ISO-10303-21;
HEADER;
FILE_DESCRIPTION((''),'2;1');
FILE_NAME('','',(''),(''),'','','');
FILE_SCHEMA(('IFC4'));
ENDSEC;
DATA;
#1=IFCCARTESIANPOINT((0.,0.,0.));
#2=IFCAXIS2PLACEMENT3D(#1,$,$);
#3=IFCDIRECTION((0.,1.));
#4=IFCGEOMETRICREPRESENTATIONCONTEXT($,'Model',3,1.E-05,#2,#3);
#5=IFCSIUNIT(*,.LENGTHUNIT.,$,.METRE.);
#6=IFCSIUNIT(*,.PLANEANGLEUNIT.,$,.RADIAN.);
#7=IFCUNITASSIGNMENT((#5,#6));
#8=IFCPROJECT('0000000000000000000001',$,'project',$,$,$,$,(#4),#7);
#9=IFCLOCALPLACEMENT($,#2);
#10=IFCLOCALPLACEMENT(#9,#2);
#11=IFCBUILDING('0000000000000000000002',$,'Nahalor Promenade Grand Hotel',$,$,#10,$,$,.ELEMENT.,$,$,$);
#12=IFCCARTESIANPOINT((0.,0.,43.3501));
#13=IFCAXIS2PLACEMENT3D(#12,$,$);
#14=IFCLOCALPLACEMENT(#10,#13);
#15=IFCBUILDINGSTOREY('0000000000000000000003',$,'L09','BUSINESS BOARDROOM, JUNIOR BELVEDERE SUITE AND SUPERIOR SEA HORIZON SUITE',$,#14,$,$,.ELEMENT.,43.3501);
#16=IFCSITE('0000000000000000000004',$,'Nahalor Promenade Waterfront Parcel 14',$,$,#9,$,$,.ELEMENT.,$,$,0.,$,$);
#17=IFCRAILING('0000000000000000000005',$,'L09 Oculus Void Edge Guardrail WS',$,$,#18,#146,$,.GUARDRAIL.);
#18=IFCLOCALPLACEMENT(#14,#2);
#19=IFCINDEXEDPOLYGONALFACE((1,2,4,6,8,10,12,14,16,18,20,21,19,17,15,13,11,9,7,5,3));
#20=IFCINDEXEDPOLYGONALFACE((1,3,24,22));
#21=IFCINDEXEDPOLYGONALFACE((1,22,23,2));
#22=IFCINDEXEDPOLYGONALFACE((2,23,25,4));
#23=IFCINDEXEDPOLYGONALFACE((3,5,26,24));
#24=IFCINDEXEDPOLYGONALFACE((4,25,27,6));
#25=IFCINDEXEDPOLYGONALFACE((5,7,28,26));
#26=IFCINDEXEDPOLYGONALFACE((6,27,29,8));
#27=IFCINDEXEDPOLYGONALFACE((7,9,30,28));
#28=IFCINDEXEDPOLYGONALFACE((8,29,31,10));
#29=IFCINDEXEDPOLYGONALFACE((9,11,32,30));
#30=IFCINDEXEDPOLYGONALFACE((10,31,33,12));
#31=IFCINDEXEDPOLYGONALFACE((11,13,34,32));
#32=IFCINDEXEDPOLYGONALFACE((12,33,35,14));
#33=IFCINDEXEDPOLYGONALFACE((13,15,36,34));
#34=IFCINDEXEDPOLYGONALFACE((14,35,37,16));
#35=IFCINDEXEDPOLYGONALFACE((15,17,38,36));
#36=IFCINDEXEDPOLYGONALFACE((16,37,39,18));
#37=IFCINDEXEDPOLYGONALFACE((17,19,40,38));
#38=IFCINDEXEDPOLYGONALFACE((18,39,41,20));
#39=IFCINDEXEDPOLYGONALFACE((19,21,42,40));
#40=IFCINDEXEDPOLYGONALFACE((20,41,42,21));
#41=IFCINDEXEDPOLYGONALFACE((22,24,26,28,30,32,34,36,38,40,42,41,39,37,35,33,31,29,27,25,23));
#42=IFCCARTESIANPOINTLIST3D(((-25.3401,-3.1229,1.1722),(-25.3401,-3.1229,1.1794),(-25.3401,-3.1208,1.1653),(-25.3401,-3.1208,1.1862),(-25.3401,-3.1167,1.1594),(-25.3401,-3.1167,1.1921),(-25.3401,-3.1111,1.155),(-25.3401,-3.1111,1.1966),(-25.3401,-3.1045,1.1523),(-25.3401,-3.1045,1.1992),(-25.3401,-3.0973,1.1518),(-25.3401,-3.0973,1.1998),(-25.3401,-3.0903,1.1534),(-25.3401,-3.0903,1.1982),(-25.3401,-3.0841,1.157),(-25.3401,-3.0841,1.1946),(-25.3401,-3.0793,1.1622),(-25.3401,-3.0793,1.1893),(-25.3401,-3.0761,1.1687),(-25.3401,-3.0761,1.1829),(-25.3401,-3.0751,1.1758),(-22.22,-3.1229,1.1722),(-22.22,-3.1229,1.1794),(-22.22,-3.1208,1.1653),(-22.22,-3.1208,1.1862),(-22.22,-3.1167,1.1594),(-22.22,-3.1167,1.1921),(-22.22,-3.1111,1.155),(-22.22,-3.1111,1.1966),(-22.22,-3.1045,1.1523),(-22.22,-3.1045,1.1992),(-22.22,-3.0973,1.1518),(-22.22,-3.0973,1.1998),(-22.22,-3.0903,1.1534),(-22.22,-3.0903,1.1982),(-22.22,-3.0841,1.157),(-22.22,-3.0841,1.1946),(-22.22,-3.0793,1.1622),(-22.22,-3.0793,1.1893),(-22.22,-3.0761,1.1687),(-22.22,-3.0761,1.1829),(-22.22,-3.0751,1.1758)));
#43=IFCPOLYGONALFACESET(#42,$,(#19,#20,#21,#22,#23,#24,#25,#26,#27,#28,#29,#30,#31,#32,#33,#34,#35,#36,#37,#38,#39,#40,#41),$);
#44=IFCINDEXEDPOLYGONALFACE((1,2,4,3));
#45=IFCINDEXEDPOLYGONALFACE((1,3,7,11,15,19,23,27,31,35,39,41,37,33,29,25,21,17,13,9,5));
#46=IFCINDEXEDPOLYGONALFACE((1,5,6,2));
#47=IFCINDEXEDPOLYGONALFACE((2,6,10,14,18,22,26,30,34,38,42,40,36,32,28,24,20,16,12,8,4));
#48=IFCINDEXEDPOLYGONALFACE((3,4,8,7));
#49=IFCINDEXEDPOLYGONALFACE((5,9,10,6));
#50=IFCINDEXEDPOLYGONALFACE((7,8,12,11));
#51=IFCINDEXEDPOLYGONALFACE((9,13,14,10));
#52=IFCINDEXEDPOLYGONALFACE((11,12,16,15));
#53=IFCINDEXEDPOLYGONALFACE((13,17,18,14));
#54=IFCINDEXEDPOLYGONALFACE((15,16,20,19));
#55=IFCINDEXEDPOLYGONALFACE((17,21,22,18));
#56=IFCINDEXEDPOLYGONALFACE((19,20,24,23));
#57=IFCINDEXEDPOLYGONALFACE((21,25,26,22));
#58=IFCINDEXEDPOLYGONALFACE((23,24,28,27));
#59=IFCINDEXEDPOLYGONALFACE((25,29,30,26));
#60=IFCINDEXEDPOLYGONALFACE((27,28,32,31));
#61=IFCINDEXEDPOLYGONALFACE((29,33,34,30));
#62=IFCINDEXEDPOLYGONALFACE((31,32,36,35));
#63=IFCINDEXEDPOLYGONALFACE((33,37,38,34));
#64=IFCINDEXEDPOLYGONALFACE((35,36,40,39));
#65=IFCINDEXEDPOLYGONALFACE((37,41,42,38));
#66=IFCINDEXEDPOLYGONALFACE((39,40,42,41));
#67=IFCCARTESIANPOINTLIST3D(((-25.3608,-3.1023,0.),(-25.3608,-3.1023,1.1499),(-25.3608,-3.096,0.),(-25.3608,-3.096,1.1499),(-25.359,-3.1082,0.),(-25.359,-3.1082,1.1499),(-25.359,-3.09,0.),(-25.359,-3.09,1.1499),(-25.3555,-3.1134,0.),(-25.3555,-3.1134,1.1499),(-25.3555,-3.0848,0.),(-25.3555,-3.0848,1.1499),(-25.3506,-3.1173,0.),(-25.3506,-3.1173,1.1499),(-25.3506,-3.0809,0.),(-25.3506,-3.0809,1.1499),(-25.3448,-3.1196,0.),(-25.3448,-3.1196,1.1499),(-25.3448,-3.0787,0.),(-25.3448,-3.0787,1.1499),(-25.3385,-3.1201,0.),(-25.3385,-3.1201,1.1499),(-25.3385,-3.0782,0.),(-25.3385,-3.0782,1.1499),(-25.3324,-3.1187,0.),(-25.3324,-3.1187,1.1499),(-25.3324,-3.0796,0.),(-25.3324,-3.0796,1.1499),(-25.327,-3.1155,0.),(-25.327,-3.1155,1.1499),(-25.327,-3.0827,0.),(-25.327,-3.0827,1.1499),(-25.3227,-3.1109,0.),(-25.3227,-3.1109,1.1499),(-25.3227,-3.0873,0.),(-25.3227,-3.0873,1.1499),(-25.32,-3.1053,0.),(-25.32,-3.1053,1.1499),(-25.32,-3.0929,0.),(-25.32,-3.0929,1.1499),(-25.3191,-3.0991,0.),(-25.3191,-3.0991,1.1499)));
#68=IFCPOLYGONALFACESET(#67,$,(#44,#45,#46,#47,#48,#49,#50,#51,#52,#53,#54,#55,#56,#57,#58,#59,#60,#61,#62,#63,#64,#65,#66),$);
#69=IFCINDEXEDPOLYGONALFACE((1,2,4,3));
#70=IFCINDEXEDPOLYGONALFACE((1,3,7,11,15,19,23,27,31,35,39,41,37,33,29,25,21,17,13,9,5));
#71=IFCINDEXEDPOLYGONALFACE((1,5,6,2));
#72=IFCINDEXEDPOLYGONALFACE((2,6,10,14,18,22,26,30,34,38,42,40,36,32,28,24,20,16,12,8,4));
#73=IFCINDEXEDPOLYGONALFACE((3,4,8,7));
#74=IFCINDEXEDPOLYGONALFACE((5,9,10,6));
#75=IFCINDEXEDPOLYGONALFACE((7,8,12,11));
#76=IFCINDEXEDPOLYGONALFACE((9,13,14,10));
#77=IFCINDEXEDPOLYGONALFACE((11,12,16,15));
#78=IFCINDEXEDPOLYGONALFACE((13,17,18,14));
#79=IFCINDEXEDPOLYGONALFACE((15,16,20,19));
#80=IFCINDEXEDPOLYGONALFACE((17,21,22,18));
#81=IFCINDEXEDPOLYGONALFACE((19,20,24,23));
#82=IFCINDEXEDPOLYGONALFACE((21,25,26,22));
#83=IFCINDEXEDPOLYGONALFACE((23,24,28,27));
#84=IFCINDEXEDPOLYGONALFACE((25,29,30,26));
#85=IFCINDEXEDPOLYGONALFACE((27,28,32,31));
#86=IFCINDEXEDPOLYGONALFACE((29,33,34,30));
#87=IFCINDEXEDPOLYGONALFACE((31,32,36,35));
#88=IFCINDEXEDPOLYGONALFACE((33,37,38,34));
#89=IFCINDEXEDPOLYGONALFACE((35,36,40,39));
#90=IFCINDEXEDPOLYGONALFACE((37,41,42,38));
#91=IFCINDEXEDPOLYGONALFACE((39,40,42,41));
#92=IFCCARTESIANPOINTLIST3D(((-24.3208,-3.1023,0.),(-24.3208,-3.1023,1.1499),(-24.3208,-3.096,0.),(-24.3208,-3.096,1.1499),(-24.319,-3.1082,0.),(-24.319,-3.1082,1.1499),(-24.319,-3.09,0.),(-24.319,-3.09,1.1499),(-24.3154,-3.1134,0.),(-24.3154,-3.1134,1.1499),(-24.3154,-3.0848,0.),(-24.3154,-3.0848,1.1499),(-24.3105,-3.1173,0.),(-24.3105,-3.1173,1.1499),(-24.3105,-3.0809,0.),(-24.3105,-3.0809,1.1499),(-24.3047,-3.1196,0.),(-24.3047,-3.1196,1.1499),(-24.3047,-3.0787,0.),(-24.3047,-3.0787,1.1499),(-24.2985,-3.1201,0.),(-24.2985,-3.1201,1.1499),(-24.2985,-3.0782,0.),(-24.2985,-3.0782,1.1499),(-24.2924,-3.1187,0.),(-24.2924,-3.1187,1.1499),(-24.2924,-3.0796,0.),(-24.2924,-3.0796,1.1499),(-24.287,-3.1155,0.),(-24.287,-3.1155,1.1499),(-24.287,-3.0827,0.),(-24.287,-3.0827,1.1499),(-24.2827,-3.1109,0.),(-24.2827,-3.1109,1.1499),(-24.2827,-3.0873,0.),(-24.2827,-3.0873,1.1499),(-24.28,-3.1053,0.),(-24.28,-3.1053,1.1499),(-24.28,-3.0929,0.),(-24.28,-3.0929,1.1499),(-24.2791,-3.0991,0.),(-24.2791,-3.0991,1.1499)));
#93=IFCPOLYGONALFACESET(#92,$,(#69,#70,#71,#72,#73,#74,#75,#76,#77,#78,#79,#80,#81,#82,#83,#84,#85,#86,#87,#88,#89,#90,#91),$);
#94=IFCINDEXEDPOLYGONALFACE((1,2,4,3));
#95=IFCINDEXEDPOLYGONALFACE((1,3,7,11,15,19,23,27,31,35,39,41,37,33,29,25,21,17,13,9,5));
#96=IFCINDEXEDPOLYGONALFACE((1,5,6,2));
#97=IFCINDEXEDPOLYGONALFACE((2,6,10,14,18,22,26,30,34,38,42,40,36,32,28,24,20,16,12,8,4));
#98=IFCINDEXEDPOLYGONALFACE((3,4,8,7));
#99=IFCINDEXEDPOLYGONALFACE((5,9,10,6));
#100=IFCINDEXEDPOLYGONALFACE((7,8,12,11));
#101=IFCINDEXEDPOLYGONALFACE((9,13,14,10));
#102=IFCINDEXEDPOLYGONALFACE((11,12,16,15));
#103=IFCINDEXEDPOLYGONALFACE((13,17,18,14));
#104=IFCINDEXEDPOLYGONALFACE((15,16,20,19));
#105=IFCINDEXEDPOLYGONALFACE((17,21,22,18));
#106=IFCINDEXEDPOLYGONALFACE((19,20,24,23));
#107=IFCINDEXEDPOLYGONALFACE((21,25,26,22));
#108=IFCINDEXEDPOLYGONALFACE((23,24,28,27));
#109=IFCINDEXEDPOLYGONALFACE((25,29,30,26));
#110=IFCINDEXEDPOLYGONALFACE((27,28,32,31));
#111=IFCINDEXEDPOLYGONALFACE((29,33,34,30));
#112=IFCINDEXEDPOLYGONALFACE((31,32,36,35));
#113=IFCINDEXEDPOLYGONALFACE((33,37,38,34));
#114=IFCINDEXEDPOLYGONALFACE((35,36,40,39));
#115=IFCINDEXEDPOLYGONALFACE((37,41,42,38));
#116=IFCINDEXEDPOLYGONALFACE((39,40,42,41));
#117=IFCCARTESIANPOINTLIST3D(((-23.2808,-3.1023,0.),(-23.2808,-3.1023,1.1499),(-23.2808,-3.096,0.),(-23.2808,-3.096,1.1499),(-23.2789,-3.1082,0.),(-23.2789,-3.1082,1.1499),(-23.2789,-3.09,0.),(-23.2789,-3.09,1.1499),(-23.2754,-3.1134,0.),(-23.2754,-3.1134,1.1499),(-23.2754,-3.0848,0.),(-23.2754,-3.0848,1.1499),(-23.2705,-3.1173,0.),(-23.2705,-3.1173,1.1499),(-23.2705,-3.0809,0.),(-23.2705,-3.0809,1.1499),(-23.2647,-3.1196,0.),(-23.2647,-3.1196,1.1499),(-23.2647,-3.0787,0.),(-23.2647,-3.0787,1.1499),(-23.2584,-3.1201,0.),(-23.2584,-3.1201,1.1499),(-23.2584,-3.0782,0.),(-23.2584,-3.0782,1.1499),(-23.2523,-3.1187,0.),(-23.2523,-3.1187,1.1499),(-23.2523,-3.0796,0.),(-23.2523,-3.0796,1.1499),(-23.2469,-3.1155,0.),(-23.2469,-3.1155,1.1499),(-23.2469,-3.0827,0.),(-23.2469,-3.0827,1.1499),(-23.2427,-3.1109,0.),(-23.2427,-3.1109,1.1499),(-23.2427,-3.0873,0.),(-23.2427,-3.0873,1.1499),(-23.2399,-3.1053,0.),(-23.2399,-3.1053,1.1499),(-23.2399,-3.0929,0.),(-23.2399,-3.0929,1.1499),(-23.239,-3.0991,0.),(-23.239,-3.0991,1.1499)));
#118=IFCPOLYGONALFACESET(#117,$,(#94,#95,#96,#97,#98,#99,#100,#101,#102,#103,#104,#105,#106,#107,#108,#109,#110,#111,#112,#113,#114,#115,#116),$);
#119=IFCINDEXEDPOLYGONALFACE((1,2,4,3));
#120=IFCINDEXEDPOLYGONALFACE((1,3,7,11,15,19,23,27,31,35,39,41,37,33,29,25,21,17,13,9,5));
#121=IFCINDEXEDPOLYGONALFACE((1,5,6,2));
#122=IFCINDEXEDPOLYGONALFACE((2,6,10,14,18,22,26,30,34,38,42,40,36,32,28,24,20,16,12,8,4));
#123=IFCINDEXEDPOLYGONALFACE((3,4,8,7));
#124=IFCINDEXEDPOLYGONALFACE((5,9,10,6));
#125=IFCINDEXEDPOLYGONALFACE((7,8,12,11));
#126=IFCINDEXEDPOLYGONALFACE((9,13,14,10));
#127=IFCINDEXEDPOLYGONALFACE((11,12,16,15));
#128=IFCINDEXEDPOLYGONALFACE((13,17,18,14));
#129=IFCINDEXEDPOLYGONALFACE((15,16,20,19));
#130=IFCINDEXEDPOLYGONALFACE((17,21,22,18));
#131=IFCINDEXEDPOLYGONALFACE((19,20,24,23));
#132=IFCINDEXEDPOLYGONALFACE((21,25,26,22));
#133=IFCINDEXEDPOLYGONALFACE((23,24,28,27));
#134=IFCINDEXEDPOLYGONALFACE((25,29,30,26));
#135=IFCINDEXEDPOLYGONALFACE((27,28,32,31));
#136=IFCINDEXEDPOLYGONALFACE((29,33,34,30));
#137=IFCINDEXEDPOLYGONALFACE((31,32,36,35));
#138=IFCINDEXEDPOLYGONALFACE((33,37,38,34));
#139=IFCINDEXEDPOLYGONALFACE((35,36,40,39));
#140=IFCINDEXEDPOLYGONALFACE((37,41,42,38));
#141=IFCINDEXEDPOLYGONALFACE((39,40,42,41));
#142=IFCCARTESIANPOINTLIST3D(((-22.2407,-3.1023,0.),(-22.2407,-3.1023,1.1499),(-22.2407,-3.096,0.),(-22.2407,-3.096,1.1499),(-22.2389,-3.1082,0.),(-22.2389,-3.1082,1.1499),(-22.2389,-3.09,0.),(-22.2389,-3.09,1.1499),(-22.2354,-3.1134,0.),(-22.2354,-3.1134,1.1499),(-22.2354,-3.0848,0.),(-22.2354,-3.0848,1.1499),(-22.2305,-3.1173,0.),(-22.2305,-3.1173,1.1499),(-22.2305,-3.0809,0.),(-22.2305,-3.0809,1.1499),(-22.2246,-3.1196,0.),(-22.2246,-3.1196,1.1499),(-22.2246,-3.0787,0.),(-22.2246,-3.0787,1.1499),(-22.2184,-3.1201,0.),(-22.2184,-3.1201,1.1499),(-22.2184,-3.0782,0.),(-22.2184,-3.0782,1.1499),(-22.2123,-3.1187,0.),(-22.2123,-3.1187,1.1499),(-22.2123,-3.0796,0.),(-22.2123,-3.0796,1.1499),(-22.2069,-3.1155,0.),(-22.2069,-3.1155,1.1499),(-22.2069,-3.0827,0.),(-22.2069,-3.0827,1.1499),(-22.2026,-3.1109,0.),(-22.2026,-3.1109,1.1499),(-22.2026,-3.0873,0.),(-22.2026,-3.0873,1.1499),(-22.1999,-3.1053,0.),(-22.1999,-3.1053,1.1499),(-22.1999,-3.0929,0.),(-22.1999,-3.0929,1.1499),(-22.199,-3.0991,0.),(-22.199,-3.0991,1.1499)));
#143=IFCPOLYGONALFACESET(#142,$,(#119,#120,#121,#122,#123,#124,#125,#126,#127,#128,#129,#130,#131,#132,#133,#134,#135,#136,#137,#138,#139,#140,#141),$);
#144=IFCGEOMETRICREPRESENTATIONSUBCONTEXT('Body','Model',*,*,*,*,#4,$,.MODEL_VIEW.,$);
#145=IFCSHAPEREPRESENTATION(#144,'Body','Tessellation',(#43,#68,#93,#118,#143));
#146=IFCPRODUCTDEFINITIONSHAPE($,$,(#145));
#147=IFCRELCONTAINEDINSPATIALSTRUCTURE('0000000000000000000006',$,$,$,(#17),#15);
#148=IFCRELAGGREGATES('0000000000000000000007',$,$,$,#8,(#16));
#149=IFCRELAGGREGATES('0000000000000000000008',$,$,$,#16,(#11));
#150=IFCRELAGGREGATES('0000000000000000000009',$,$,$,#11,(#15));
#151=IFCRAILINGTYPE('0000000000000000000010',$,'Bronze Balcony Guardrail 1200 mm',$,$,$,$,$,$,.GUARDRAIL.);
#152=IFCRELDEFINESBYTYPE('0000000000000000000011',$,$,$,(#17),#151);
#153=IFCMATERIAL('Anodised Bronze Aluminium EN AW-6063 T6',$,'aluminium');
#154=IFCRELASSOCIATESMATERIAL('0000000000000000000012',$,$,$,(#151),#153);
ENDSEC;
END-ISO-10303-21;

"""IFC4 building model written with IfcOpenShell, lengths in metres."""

from ifc_helpers import new_model, si_unit, direction, frame, origin, origin_2d, place, context, subcontext, project, spatial, circle, extrude, material, type_object, element, save


model = new_model("IFC4")

# Units and contexts
model_context = context("Model", 3, precision=1e-05, world=origin(), true_north=direction((0.0, 1.0)))
body_context = subcontext(model_context, "Body", "Model", "MODEL_VIEW")
ifc_project = project(units=[si_unit("LENGTHUNIT", "METRE"), si_unit("PLANEANGLEUNIT", "RADIAN")], contexts=[model_context])

# Site, building, storey
site_placement = place(None, origin())
site = spatial("IfcSite", under=ifc_project, at=site_placement, Name="Nahalor Promenade Waterfront Parcel 14", CompositionType="ELEMENT", RefElevation=0.0)
building_placement = place(site_placement, origin())
building = spatial("IfcBuilding", under=site, at=building_placement, Name="Nahalor Promenade Grand Hotel", CompositionType="ELEMENT")
storey_placement = place(building_placement, frame((0.0, 0.0, 43.3501)))
storey = spatial("IfcBuildingStorey", under=building, at=storey_placement, Name="L09", Description="BUSINESS BOARDROOM, JUNIOR BELVEDERE SUITE AND SUPERIOR SEA HORIZON SUITE", CompositionType="ELEMENT", Elevation=43.3501)

# Shared definitions
ifc_material_1 = material(Name="Anodised Bronze Aluminium EN AW-6063 T6", Category="aluminium")

# Railing
railing_type = type_object("IfcRailingType", Name="Bronze Balcony Guardrail 1200 mm", PredefinedType="GUARDRAIL", material=ifc_material_1)
for number, where, name in (
    (1, (-25.3401, -3.0991, 0.0), "L09 Oculus Void Edge Guardrail WS"),
):
    element("IfcRailing", number, at=place(storey_placement, frame(where)), inside=storey, type_object=railing_type, Name=name, PredefinedType="GUARDRAIL", context=body_context, shape_type="SweptSolid", body=[
        extrude(circle(Radius=0.024, at=origin_2d()), frame((0.0, 0.0, 1.1758), z_axis=(1.0, 0.0, 0.0), x_axis=(0.0, 1.0, 0.0)), (0.0, 0.0, 1.0), 3.1201),
        extrude(circle(Radius=0.021, at=origin_2d()), origin(), (0.0, 0.0, 1.0), 1.1499),
        extrude(circle(Radius=0.021, at=origin_2d()), frame((1.04, 0.0, 0.0)), (0.0, 0.0, 1.0), 1.1499),
        extrude(circle(Radius=0.021, at=origin_2d()), frame((2.0801, 0.0, 0.0)), (0.0, 0.0, 1.0), 1.1499),
        extrude(circle(Radius=0.021, at=origin_2d()), frame((3.1201, 0.0, 0.0)), (0.0, 0.0, 1.0), 1.1499),
    ])

save(model, "model.ifc")
